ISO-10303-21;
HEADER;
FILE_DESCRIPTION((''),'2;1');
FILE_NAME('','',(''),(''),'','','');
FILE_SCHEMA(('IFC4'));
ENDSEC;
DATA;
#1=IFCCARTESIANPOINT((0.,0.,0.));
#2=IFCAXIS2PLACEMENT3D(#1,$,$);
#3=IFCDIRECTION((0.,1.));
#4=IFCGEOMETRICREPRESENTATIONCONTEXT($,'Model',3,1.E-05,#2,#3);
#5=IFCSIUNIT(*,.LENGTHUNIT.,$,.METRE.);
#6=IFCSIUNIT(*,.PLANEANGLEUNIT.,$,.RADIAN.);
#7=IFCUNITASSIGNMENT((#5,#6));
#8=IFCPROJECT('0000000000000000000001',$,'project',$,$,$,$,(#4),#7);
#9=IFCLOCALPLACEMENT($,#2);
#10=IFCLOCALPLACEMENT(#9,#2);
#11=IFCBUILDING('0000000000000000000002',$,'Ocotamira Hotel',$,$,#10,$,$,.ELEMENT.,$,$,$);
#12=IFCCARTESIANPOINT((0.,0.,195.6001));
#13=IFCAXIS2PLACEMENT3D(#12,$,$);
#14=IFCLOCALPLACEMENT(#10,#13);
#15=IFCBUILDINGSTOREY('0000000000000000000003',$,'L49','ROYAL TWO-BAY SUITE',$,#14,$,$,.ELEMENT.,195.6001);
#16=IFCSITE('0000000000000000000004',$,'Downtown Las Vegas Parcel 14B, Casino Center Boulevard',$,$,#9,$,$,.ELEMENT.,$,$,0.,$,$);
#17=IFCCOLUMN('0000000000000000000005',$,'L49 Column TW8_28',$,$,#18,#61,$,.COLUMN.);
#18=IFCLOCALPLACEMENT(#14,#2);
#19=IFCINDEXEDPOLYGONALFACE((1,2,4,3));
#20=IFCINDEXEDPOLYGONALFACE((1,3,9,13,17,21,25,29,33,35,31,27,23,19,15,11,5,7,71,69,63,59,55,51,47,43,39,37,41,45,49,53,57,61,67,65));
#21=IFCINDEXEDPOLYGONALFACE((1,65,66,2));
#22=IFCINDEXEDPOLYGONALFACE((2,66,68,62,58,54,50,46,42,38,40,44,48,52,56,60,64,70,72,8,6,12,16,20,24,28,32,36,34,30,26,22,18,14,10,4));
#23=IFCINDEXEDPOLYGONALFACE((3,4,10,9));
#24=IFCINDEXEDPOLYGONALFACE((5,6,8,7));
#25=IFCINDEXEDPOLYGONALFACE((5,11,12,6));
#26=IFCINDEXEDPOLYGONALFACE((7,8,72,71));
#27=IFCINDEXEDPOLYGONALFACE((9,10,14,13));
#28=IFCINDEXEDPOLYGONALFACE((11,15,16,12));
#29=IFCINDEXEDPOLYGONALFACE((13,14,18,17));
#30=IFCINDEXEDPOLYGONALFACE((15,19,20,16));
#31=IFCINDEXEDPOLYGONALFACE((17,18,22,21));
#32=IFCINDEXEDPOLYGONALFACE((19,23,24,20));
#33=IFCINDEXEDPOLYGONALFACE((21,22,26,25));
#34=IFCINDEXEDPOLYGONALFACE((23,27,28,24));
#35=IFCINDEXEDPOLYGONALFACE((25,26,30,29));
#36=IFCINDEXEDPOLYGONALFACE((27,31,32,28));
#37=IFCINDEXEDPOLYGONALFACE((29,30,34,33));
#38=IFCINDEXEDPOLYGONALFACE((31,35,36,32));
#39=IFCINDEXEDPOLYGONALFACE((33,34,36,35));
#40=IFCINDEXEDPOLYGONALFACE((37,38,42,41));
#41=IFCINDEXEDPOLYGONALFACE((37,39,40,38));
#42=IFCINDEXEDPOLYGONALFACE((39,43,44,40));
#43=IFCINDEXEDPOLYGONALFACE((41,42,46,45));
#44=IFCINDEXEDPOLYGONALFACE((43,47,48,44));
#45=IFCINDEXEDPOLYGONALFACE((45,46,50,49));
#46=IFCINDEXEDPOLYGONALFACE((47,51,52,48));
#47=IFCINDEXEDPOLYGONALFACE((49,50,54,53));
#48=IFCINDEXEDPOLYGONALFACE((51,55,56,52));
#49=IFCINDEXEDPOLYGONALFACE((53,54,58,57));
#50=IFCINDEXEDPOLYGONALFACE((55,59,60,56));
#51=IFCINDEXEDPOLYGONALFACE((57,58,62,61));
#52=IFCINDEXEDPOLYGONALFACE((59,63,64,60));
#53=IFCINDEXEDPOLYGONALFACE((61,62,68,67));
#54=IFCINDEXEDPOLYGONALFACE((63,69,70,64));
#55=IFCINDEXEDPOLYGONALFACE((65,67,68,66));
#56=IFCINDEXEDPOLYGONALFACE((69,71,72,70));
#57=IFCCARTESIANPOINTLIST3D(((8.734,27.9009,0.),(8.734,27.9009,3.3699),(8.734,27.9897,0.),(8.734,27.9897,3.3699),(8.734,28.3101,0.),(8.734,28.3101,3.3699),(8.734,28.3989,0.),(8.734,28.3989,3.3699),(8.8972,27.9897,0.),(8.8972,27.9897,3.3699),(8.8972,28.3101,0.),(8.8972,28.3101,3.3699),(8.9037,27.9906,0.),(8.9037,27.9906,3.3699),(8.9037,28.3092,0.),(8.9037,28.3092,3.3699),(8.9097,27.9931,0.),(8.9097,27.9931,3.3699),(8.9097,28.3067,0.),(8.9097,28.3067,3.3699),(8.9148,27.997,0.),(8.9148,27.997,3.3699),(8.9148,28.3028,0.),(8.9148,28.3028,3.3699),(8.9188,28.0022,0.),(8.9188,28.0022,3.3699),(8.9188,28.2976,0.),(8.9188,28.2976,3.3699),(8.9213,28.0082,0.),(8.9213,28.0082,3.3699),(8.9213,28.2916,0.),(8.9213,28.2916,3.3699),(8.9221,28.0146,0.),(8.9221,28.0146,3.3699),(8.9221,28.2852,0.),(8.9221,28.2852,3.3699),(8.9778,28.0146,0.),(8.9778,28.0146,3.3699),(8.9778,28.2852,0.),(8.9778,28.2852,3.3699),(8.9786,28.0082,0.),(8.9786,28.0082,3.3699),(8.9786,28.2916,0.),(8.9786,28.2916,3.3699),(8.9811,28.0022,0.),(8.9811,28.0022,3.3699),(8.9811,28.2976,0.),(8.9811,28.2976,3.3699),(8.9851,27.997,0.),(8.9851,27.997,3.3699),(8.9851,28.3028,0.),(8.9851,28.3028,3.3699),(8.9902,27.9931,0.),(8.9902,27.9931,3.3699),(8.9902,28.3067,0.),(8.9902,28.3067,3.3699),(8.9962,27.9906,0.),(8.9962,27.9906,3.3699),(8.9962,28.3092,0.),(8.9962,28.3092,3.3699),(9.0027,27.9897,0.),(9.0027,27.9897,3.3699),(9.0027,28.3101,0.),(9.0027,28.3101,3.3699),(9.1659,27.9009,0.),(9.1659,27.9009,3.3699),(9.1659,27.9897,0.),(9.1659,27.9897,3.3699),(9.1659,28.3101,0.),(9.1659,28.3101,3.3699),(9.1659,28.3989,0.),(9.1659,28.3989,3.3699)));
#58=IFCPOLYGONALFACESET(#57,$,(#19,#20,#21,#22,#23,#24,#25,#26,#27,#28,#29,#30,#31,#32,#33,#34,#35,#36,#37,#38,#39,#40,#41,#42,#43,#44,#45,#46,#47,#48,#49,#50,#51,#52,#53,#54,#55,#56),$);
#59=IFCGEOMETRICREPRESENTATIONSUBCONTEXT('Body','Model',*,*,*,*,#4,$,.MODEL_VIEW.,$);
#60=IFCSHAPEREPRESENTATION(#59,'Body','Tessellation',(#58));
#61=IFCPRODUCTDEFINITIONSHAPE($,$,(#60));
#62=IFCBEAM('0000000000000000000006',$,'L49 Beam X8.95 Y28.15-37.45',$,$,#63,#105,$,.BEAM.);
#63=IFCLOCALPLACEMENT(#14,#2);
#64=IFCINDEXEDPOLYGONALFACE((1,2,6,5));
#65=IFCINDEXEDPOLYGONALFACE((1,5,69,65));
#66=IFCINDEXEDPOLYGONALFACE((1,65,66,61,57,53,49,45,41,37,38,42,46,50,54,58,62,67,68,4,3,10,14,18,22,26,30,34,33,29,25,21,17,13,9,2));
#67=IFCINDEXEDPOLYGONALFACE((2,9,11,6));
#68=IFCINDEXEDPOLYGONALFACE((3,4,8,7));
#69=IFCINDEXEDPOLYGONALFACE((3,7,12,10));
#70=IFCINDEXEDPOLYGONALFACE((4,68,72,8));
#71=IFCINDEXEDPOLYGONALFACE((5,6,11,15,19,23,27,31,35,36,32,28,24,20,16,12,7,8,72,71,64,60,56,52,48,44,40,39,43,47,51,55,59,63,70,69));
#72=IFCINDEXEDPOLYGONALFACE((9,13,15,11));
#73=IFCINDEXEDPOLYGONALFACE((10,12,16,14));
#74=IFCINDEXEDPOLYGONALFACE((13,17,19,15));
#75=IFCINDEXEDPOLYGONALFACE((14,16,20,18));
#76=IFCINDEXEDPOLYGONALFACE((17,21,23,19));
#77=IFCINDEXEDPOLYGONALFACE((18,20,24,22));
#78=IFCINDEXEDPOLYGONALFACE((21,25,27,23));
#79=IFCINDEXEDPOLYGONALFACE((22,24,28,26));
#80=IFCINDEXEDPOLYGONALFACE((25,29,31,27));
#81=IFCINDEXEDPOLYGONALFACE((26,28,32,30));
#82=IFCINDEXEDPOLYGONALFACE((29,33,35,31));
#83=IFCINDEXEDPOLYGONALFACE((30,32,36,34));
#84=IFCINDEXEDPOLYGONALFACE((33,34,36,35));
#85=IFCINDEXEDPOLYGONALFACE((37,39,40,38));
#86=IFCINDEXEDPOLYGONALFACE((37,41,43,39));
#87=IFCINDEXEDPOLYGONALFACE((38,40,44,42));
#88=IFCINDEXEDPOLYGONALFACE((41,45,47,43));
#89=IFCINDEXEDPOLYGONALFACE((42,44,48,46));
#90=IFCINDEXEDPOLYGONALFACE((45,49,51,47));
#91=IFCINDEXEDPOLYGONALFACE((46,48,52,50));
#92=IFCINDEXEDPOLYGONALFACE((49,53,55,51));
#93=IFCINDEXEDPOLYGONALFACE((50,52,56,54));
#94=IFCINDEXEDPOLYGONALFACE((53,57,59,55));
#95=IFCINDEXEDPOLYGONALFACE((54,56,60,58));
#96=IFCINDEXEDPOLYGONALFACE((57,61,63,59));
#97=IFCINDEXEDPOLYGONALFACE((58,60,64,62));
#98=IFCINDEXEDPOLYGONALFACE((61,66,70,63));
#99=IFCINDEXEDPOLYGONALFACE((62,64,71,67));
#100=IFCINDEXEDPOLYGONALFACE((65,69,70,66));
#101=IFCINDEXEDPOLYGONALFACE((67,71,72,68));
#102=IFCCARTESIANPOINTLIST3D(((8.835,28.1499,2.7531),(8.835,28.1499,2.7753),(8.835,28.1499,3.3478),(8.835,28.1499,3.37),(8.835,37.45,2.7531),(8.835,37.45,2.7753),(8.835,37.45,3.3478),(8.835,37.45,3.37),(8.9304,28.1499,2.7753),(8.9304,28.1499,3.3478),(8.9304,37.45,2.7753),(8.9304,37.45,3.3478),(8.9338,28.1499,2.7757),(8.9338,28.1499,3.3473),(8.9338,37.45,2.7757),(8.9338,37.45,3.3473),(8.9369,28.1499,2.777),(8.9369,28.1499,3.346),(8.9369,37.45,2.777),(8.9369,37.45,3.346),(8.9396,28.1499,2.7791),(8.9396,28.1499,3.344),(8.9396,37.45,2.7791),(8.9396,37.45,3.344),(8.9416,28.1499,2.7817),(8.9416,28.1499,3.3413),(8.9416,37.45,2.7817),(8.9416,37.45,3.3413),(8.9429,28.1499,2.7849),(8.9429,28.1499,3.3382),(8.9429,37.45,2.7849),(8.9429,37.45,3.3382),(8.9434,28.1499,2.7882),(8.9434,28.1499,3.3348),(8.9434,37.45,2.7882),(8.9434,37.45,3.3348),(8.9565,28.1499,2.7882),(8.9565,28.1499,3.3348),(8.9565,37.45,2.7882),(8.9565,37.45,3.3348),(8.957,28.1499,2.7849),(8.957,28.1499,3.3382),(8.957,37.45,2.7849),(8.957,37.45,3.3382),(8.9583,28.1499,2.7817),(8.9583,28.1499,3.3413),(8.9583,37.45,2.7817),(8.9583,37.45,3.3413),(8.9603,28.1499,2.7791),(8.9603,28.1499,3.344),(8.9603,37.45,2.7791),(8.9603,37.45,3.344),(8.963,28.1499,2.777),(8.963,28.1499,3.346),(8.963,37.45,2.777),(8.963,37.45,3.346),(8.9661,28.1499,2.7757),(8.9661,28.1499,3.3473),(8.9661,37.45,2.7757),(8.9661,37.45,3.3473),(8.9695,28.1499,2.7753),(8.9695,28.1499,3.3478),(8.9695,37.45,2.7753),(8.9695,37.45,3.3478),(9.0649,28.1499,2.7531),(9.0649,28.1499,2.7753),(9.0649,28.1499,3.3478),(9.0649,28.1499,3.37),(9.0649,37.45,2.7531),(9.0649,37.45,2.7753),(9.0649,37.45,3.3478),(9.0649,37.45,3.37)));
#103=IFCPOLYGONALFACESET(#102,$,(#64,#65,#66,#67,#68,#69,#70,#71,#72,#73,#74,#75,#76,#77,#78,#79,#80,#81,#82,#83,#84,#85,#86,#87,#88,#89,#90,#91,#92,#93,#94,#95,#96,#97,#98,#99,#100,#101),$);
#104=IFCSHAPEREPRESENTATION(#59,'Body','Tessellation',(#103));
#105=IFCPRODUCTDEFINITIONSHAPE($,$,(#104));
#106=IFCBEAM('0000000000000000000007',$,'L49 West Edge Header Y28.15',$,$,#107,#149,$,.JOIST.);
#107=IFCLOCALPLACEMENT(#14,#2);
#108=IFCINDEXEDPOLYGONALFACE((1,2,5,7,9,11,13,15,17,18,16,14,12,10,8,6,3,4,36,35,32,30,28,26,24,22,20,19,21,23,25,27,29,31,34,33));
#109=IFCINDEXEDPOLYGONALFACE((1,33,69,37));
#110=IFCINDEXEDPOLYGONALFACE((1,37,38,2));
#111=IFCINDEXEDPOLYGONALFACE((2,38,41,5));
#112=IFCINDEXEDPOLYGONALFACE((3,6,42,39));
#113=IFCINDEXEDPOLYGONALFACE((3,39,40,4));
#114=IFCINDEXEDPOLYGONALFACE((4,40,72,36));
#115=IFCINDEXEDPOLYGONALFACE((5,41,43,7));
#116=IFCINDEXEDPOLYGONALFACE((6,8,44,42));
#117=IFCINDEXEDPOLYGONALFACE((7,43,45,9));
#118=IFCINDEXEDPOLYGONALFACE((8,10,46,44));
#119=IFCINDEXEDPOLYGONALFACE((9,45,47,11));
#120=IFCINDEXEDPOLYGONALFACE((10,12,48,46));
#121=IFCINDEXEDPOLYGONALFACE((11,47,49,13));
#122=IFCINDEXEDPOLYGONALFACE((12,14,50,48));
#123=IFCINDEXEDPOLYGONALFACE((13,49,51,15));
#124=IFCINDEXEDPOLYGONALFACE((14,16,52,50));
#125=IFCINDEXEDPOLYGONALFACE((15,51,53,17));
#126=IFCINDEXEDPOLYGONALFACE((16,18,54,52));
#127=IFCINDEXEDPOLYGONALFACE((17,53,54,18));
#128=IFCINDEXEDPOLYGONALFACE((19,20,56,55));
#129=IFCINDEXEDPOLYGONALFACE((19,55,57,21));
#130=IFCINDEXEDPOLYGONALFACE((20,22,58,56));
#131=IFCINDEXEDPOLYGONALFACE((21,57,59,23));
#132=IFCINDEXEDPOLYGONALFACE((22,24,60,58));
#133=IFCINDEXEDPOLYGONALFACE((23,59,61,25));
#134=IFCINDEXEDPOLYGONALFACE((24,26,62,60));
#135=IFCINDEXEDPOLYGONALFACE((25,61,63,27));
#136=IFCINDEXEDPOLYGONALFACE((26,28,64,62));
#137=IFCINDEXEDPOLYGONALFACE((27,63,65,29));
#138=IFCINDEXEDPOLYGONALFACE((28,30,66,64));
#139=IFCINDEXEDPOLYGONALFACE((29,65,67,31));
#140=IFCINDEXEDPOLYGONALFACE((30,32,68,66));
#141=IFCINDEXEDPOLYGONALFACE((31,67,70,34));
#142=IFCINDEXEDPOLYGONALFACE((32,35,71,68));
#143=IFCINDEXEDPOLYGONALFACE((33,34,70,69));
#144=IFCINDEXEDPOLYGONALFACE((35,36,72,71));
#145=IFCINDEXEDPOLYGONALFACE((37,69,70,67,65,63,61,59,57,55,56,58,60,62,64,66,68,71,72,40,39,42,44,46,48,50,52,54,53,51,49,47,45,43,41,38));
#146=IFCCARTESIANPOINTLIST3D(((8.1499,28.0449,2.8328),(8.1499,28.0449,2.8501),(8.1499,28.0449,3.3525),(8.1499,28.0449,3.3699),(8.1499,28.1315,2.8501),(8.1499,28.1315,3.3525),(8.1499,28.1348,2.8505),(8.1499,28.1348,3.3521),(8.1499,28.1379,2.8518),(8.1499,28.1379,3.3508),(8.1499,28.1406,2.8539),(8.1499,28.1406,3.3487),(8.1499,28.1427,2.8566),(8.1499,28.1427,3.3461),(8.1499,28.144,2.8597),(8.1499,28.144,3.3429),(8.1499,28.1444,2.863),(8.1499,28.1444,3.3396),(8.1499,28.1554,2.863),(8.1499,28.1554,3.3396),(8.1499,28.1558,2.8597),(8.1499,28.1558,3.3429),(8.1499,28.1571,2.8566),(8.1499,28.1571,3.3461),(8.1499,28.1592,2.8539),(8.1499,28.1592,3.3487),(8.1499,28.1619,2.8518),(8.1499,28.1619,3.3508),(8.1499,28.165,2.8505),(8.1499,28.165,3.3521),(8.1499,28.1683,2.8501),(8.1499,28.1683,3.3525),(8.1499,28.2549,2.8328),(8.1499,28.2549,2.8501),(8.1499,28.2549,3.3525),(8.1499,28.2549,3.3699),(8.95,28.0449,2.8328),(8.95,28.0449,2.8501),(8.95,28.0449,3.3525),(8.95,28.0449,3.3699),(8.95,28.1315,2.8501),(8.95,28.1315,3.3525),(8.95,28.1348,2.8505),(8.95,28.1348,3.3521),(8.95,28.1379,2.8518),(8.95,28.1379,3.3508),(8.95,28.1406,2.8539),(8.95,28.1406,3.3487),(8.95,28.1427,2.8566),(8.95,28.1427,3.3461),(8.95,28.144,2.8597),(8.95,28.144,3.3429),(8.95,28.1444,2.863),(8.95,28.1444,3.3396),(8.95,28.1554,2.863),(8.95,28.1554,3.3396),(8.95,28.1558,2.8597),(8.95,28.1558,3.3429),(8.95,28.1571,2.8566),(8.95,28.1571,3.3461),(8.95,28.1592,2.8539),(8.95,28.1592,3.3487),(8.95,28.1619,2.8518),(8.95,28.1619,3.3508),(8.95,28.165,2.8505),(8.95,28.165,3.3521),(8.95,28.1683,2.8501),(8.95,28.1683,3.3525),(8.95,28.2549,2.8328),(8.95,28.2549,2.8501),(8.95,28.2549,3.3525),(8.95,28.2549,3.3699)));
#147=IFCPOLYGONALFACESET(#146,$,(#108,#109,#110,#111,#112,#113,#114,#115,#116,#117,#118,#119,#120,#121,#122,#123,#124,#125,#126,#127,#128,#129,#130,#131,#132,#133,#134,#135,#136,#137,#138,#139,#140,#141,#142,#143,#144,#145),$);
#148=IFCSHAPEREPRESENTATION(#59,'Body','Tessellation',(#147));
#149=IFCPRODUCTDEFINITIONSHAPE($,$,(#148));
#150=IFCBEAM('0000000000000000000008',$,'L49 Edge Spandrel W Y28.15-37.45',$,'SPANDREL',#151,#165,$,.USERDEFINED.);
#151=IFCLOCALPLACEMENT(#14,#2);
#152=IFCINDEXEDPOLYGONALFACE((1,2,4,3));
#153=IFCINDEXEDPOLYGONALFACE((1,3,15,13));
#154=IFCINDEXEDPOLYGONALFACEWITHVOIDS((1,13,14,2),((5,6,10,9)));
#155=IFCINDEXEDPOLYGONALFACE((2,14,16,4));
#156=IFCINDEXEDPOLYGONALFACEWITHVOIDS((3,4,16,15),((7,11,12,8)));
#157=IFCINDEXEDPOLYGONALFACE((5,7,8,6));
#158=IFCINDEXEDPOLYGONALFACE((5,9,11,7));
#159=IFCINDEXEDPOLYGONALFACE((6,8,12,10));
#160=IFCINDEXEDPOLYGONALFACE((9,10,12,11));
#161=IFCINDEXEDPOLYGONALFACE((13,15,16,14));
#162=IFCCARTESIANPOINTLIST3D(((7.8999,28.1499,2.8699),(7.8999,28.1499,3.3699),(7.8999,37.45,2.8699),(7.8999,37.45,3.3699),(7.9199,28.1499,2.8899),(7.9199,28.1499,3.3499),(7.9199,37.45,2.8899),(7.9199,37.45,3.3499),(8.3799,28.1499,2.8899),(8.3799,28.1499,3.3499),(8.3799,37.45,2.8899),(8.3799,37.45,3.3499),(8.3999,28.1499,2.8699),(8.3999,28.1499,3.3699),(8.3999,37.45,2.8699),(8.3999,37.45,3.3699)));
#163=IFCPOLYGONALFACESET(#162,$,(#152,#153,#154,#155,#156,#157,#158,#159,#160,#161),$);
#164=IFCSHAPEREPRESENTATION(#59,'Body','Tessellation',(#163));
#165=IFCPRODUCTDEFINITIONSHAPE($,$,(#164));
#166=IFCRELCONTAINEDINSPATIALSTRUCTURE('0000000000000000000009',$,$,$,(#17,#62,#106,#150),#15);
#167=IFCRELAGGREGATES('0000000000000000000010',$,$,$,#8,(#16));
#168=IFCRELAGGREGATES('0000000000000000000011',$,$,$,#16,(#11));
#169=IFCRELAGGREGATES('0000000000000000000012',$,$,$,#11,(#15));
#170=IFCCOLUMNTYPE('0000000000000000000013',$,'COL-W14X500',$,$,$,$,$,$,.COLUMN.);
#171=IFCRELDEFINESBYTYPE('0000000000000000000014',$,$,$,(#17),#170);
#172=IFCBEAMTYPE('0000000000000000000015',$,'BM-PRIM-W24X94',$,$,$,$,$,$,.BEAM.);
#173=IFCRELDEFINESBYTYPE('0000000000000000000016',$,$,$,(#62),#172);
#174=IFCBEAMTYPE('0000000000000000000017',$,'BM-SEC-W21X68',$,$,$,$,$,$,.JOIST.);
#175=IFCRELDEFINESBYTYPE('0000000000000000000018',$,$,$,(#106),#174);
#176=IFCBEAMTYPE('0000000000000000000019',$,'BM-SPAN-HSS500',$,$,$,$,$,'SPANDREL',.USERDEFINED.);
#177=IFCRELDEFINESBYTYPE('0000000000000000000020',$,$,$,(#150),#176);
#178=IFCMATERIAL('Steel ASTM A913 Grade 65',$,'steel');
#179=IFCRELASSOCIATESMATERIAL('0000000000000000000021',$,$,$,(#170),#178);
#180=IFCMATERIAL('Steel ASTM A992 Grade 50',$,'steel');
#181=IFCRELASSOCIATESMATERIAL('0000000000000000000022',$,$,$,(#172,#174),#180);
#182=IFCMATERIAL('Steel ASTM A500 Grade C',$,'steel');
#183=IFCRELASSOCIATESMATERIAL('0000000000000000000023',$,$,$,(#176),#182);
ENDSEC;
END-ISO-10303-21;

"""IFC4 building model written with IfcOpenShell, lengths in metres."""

from ifc_helpers import new_model, si_unit, direction, frame, origin, origin_2d, place, context, subcontext, project, spatial, hollow_rectangle, i_section, extrude, source, transform, mapped, material, material_profile, profile_set, type_object, element, save


model = new_model("IFC4")

# Units and contexts
model_context = context("Model", 3, precision=1e-05, world=origin(), true_north=direction((0.0, 1.0)))
body_context = subcontext(model_context, "Body", "Model", "MODEL_VIEW")
ifc_project = project(units=[si_unit("LENGTHUNIT", "METRE"), si_unit("PLANEANGLEUNIT", "RADIAN")], contexts=[model_context])

# Site, building, storey
site_placement = place(None, origin())
site = spatial("IfcSite", under=ifc_project, at=site_placement, Name="Downtown Las Vegas Parcel 14B, Casino Center Boulevard", CompositionType="ELEMENT", RefElevation=0.0)
building_placement = place(site_placement, origin())
building = spatial("IfcBuilding", under=site, at=building_placement, Name="Ocotamira Hotel", CompositionType="ELEMENT")
storey_placement = place(building_placement, frame((0.0, 0.0, 195.6001)))
storey = spatial("IfcBuildingStorey", under=building, at=storey_placement, Name="L49", Description="ROYAL TWO-BAY SUITE", CompositionType="ELEMENT", Elevation=195.6001)

# Column
ifc_material_1 = material(Name="Steel ASTM A913 Grade 65", Category="steel")
ifc_material_profile_1 = material_profile(ifc_material_1, i_section(OverallWidth=0.4319, OverallDepth=0.498, WebThickness=0.0557, FlangeThickness=0.0889, FilletRadius=0.0249, at=origin_2d()), Name="W14X500")
ifc_profile_set_1 = profile_set([ifc_material_profile_1], Name="Steel ASTM A913 Grade 65")
column_type = type_object("IfcColumnType", Name="COL-W14X500", PredefinedType="COLUMN", material=ifc_profile_set_1)
shared_shape_1 = source(origin(), body_context, "Body", "SweptSolid", [
    extrude(i_section(OverallWidth=0.4319, OverallDepth=0.498, WebThickness=0.0557, FlangeThickness=0.0889, FilletRadius=0.0249, at=origin_2d()), origin(), (0.0, 0.0, 1.0), 3.3699),
])
column_placement = place(storey_placement, frame((8.95, 28.1499, 0.0), z_axis=(0.0, 0.0, 1.0), x_axis=(1.0, 0.0, 0.0)))
element("IfcColumn", 1, at=column_placement, inside=storey, type_object=column_type, Name="L49 Column TW8_28", PredefinedType="COLUMN", context=body_context, shape_type="MappedRepresentation", body=[
    mapped(shared_shape_1, transform((0.0, 0.0, 0.0), scale=1.0)),
])

# Beams
ifc_material_2 = material(Name="Steel ASTM A992 Grade 50", Category="steel")
ifc_material_profile_2 = material_profile(ifc_material_2, i_section(OverallWidth=0.23, OverallDepth=0.6169, WebThickness=0.0132, FlangeThickness=0.0222, FilletRadius=0.0129, at=origin_2d()), Name="W24X94")
ifc_profile_set_2 = profile_set([ifc_material_profile_2], Name="Steel ASTM A992 Grade 50")
beam_type_1 = type_object("IfcBeamType", Name="BM-PRIM-W24X94", PredefinedType="BEAM", material=ifc_profile_set_2)
shared_shape_2 = source(origin(), body_context, "Body", "SweptSolid", [
    extrude(i_section(OverallWidth=0.23, OverallDepth=0.6169, WebThickness=0.0132, FlangeThickness=0.0222, FilletRadius=0.0129, at=origin_2d()), origin(), (0.0, 0.0, 1.0), 9.3),
])
beam_1_placement = place(storey_placement, frame((8.95, 28.1499, 3.0615), z_axis=(0.0, 1.0, 0.0), x_axis=(-1.0, 0.0, 0.0)))
element("IfcBeam", 2, at=beam_1_placement, inside=storey, type_object=beam_type_1, Name="L49 Beam X8.95 Y28.15-37.45", PredefinedType="BEAM", context=body_context, shape_type="MappedRepresentation", body=[
    mapped(shared_shape_2, transform((0.0, 0.0, 0.0), scale=1.0)),
])
ifc_material_profile_3 = material_profile(ifc_material_2, i_section(OverallWidth=0.21, OverallDepth=0.5371, WebThickness=0.011, FlangeThickness=0.0173, FilletRadius=0.0129, at=origin_2d()), Name="W21X68")
ifc_profile_set_3 = profile_set([ifc_material_profile_3], Name="Steel ASTM A992 Grade 50")
beam_type_2 = type_object("IfcBeamType", Name="BM-SEC-W21X68", PredefinedType="JOIST", material=ifc_profile_set_3)
shared_shape_3 = source(origin(), body_context, "Body", "SweptSolid", [
    extrude(i_section(OverallWidth=0.21, OverallDepth=0.5371, WebThickness=0.011, FlangeThickness=0.0173, FilletRadius=0.0129, at=origin_2d()), origin(), (0.0, 0.0, 1.0), 0.8),
])
beam_2_placement = place(storey_placement, frame((8.95, 28.1499, 3.1013), z_axis=(-1.0, 0.0, 0.0), x_axis=(0.0, -1.0, 0.0)))
element("IfcBeam", 3, at=beam_2_placement, inside=storey, type_object=beam_type_2, Name="L49 West Edge Header Y28.15", PredefinedType="JOIST", context=body_context, shape_type="MappedRepresentation", body=[
    mapped(shared_shape_3, transform((0.0, 0.0, 0.0), scale=1.0)),
])
ifc_material_3 = material(Name="Steel ASTM A500 Grade C", Category="steel")
ifc_material_profile_4 = material_profile(ifc_material_3, hollow_rectangle(XDim=0.5, YDim=0.5, WallThickness=0.02, at=origin_2d()), Name="HSS500X500X20")
ifc_profile_set_4 = profile_set([ifc_material_profile_4], Name="Steel ASTM A500 Grade C")
beam_type_3 = type_object("IfcBeamType", Name="BM-SPAN-HSS500", ElementType="SPANDREL", PredefinedType="USERDEFINED", material=ifc_profile_set_4)
shared_shape_4 = source(origin(), body_context, "Body", "SweptSolid", [
    extrude(hollow_rectangle(XDim=0.5, YDim=0.5, WallThickness=0.02, at=origin_2d()), origin(), (0.0, 0.0, 1.0), 9.3),
])
beam_3_placement = place(storey_placement, frame((8.1499, 28.1499, 3.1199), z_axis=(0.0, 1.0, 0.0), x_axis=(-1.0, 0.0, 0.0)))
element("IfcBeam", 4, at=beam_3_placement, inside=storey, type_object=beam_type_3, Name="L49 Edge Spandrel W Y28.15-37.45", ObjectType="SPANDREL", PredefinedType="USERDEFINED", context=body_context, shape_type="MappedRepresentation", body=[
    mapped(shared_shape_4, transform((0.0, 0.0, 0.0), scale=1.0)),
])

save(model, "model.ifc")
